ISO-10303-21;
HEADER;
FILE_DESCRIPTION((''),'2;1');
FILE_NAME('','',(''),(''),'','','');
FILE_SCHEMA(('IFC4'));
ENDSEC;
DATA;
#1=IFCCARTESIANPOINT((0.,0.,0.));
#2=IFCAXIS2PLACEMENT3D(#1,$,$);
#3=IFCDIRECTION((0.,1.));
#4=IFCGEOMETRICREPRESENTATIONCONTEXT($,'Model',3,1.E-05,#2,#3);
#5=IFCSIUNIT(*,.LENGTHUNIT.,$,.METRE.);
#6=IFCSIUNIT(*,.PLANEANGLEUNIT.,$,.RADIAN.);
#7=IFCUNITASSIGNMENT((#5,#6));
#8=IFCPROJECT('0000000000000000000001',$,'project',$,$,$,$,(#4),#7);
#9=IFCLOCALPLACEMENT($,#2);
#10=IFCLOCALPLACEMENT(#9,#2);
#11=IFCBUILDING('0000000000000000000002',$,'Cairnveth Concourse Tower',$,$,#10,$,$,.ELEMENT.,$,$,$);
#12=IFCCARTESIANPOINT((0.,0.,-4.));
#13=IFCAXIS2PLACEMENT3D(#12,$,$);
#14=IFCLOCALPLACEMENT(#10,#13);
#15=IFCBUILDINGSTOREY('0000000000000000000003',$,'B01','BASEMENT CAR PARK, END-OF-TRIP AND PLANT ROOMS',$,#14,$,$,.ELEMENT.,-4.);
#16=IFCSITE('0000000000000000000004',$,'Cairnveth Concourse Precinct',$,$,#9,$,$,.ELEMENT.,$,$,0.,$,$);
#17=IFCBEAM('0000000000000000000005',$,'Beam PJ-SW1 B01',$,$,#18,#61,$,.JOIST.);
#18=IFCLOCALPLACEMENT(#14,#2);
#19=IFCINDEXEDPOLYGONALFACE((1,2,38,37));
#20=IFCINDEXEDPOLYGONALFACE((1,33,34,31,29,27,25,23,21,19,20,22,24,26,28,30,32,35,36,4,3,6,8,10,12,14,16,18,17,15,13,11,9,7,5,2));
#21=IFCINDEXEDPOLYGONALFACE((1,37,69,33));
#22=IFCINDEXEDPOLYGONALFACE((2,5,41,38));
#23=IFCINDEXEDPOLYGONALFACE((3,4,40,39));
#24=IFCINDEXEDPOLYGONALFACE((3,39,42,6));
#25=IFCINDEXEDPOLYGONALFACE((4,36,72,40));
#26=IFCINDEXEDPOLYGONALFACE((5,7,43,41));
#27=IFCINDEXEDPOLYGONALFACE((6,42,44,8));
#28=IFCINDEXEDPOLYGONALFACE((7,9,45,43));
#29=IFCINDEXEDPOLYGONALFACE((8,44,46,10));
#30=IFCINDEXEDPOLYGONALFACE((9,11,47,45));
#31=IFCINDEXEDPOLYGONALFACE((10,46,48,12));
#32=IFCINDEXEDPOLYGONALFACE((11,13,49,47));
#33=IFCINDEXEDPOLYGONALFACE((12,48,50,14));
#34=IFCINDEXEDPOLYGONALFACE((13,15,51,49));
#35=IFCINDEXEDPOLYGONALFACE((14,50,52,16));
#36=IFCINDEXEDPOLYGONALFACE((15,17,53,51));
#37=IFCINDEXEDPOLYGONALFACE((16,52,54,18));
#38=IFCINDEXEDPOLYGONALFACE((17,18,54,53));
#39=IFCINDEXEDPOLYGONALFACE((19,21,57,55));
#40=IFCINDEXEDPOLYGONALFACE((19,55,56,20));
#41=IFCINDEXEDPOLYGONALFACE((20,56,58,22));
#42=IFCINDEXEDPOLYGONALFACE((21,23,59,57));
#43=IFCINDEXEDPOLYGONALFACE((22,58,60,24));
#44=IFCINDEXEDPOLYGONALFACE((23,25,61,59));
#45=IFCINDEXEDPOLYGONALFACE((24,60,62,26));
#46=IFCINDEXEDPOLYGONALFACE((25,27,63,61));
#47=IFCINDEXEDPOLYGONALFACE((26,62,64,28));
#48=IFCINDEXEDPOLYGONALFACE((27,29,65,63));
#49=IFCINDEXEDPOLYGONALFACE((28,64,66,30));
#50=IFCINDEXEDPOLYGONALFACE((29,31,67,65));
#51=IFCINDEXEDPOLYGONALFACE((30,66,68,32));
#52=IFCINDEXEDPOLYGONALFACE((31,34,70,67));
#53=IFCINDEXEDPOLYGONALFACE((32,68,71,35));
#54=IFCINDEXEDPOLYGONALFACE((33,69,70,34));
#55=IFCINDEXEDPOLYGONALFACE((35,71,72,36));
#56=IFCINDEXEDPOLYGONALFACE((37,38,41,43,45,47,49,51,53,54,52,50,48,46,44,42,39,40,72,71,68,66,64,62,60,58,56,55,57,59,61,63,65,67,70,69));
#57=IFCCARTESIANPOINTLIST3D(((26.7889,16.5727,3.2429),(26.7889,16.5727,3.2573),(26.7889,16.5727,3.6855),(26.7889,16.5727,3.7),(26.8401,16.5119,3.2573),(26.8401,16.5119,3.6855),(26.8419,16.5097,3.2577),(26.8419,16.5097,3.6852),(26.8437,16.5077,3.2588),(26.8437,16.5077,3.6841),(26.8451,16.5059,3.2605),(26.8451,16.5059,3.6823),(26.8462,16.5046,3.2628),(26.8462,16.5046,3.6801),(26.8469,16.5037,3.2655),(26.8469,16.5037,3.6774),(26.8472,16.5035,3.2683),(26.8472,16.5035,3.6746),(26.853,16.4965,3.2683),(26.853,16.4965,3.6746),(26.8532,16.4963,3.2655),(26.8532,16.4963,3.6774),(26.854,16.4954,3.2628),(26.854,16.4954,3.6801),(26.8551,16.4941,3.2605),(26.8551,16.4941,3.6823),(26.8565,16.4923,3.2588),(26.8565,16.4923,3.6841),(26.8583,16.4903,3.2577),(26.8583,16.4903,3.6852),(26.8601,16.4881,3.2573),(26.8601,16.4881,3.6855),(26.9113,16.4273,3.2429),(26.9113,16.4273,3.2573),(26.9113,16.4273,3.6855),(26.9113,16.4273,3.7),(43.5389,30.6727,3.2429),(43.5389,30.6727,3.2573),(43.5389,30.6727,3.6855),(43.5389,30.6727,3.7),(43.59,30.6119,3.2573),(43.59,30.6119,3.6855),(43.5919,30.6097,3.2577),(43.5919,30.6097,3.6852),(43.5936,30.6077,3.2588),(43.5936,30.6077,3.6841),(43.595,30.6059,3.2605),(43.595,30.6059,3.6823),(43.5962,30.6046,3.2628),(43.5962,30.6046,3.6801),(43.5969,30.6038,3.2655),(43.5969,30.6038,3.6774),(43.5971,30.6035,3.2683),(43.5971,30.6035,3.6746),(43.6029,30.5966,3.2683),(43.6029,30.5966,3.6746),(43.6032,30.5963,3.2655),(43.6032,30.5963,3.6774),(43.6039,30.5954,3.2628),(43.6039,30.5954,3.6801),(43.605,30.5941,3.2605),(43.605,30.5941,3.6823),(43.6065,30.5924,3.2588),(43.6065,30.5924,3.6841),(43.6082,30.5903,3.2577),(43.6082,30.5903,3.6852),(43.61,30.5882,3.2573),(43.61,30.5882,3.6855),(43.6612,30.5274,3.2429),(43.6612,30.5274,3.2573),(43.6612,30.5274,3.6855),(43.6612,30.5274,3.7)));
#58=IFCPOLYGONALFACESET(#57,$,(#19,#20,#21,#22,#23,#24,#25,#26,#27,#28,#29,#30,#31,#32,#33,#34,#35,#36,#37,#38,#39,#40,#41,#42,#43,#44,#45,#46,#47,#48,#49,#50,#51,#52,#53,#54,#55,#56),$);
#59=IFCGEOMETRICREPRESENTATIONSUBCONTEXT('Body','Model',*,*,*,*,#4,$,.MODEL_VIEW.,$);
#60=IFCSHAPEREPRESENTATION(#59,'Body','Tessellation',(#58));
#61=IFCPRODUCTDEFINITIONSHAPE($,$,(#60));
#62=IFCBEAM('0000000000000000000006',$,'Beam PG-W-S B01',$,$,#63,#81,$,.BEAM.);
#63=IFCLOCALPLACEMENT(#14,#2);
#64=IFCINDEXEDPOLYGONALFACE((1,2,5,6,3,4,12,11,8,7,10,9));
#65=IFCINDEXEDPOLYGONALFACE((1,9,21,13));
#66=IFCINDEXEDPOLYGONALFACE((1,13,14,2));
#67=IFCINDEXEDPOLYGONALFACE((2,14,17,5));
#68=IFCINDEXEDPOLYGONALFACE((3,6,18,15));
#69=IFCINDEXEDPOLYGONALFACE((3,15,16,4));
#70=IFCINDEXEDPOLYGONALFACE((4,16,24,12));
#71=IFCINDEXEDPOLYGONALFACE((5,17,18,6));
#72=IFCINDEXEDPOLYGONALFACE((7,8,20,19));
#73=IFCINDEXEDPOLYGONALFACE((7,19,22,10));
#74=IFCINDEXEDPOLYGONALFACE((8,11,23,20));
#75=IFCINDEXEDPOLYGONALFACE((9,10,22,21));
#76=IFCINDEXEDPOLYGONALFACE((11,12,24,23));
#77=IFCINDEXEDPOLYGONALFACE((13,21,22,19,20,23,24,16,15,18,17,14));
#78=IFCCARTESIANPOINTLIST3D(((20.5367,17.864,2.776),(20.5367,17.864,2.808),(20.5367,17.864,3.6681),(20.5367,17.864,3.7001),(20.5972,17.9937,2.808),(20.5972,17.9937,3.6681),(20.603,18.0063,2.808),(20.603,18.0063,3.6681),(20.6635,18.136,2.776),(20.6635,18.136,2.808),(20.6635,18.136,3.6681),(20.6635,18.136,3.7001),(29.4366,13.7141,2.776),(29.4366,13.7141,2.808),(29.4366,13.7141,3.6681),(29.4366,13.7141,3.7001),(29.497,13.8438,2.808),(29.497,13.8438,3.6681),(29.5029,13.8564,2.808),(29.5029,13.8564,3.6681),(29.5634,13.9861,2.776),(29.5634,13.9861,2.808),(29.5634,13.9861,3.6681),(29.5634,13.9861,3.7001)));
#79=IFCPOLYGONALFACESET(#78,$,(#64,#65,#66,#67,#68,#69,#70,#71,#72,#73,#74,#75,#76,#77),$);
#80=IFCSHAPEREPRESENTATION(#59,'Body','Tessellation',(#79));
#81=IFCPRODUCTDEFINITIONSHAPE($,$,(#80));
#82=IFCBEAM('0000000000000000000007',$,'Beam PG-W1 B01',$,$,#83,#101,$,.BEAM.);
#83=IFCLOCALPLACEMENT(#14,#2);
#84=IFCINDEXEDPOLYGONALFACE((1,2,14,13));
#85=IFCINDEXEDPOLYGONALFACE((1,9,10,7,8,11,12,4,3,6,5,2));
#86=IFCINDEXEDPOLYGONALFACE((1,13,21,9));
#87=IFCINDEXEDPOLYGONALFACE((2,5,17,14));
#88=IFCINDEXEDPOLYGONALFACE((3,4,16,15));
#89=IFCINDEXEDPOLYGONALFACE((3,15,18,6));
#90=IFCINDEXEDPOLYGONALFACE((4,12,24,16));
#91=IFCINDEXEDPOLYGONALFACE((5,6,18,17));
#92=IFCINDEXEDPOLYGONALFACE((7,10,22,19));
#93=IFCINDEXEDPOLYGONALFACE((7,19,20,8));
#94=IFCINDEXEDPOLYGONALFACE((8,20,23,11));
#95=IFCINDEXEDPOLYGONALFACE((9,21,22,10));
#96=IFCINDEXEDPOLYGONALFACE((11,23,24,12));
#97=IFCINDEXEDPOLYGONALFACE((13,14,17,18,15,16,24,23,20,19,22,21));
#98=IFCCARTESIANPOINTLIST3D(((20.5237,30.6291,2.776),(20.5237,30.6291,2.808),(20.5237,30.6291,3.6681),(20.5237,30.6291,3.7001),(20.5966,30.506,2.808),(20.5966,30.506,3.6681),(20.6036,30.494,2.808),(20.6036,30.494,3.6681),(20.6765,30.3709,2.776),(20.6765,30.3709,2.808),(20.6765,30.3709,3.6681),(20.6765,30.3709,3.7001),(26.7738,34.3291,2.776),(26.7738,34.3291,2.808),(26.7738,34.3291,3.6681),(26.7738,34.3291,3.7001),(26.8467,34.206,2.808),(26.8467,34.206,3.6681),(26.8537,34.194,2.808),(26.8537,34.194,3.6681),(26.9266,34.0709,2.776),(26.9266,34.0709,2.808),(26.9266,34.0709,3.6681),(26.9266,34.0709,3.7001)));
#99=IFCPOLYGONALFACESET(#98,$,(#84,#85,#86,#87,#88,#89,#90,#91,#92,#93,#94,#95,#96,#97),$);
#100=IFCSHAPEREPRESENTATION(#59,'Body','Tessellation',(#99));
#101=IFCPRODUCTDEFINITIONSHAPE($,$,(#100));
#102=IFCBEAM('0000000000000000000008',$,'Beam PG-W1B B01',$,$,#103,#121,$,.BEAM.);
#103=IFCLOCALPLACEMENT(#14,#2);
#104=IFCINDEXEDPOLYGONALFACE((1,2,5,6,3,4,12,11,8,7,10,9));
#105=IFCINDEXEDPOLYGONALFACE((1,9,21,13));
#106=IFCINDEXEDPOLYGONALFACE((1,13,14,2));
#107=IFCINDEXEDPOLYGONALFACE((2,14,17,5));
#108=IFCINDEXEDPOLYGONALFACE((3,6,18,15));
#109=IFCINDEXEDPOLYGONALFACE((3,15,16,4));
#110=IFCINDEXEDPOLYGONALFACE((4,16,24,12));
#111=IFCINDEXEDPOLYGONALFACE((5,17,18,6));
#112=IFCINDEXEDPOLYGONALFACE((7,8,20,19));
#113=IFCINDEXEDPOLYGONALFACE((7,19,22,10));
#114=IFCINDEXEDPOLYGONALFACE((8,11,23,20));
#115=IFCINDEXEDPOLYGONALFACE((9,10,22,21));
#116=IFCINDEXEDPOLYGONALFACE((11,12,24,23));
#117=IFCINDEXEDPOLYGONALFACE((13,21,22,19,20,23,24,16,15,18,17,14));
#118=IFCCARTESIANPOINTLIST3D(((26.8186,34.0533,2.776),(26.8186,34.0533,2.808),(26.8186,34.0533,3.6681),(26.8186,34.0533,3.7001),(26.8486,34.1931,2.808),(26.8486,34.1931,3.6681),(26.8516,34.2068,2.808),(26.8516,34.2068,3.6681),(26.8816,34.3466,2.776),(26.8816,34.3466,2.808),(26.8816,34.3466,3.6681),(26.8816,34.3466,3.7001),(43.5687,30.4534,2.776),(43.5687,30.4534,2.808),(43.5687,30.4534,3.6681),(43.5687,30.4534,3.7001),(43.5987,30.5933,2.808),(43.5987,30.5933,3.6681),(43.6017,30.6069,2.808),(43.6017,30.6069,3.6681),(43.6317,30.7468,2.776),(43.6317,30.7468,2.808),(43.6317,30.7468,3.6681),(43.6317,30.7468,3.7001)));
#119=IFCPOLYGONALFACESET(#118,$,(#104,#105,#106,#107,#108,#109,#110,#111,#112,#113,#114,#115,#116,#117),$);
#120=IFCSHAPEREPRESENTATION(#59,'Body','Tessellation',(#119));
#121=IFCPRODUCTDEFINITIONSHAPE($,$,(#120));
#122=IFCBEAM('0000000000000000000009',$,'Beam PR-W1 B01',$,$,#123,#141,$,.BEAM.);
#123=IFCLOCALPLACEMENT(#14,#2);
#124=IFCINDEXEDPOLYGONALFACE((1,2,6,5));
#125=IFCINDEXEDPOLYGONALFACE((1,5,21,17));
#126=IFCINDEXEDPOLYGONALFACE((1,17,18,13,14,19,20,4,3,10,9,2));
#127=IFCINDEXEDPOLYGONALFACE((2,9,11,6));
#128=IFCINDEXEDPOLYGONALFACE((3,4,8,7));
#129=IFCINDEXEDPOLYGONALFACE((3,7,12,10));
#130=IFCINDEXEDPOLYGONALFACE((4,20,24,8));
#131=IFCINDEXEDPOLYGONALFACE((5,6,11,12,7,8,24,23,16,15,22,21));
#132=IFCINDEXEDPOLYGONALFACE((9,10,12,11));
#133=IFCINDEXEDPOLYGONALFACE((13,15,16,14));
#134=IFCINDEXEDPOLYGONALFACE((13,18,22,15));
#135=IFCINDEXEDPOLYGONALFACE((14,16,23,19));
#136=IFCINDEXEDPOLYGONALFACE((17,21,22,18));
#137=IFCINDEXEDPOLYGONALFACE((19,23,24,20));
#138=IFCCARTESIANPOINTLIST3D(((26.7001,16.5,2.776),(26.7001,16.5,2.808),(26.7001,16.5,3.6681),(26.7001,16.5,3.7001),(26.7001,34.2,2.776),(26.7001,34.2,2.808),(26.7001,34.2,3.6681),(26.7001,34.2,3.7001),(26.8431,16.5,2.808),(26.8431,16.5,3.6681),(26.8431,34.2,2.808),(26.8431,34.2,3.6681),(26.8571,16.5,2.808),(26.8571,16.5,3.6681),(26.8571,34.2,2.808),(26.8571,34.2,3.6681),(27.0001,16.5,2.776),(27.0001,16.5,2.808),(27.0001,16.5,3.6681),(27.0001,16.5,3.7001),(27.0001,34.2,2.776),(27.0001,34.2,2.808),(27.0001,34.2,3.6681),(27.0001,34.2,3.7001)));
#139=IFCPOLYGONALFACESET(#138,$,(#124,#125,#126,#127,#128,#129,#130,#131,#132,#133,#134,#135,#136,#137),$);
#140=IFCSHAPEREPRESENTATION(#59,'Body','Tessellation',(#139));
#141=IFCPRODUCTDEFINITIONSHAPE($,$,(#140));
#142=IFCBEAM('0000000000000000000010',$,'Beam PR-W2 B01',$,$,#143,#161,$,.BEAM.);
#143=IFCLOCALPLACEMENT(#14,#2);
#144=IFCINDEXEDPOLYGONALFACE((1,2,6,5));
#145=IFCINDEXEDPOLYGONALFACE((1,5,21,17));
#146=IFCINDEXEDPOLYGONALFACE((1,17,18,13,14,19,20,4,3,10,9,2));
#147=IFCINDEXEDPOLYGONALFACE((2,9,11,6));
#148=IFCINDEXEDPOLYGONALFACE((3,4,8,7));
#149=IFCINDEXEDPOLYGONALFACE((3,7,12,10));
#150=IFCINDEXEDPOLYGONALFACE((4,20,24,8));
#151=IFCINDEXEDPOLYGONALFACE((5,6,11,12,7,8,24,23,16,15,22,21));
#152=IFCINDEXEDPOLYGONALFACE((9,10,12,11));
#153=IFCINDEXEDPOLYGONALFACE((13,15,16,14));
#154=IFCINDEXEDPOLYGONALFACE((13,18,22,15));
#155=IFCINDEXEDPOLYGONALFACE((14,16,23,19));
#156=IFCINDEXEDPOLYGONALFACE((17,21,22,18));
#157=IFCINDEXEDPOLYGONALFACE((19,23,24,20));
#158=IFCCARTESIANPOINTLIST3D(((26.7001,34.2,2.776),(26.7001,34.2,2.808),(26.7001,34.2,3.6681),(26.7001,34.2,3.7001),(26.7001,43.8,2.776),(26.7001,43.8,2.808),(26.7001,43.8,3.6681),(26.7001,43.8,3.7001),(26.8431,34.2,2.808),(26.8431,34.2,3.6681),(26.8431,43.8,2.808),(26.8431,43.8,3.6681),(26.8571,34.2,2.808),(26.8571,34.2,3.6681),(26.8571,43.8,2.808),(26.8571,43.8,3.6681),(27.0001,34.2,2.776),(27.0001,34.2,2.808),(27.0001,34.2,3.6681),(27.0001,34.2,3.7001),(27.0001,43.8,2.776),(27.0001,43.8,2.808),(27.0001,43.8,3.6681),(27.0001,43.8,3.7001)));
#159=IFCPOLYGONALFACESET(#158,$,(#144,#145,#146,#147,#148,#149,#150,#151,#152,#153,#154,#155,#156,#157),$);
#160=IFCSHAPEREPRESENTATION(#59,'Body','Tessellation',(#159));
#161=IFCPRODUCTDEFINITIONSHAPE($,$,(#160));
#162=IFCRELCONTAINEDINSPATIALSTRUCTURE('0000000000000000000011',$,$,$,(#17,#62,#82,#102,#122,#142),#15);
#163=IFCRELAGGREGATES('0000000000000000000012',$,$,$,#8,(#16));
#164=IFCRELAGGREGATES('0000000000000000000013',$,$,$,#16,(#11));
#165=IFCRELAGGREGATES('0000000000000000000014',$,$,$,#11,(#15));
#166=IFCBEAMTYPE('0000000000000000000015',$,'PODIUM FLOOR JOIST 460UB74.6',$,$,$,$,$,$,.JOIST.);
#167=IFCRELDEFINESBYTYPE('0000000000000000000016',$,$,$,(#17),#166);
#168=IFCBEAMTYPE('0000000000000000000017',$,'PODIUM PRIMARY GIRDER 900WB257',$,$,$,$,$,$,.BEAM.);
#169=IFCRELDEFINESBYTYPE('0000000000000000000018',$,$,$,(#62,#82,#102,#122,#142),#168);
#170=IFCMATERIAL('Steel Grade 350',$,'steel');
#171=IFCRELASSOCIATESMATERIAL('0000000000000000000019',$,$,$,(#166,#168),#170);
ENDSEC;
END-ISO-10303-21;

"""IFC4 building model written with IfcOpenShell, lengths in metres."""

from ifc_helpers import new_model, si_unit, direction, frame, origin, origin_2d, place, context, subcontext, project, spatial, i_section, extrude, material, material_profile, profile_set, type_object, element, save


model = new_model("IFC4")

# Units and contexts
model_context = context("Model", 3, precision=1e-05, world=origin(), true_north=direction((0.0, 1.0)))
body_context = subcontext(model_context, "Body", "Model", "MODEL_VIEW")
ifc_project = project(units=[si_unit("LENGTHUNIT", "METRE"), si_unit("PLANEANGLEUNIT", "RADIAN")], contexts=[model_context])

# Site, building, storey
site_placement = place(None, origin())
site = spatial("IfcSite", under=ifc_project, at=site_placement, Name="Cairnveth Concourse Precinct", CompositionType="ELEMENT", RefElevation=0.0)
building_placement = place(site_placement, origin())
building = spatial("IfcBuilding", under=site, at=building_placement, Name="Cairnveth Concourse Tower", CompositionType="ELEMENT")
storey_placement = place(building_placement, frame((0.0, 0.0, -4.0)))
storey = spatial("IfcBuildingStorey", under=building, at=storey_placement, Name="B01", Description="BASEMENT CAR PARK, END-OF-TRIP AND PLANT ROOMS", CompositionType="ELEMENT", Elevation=-4.0)

# Beams
ifc_material_1 = material(Name="Steel Grade 350", Category="steel")
ifc_material_profile_1 = material_profile(ifc_material_1, i_section(OverallWidth=0.1899, OverallDepth=0.457, WebThickness=0.009, FlangeThickness=0.0144, FilletRadius=0.011, at=origin_2d()), Name="460UB74.6")
ifc_profile_set_1 = profile_set([ifc_material_profile_1], Name="Steel Grade 350")
beam_type_1 = type_object("IfcBeamType", Name="PODIUM FLOOR JOIST 460UB74.6", PredefinedType="JOIST", material=ifc_profile_set_1)
beam_1_placement = place(storey_placement, frame((26.8501, 16.5, 3.4714), z_axis=(0.765027, 0.643998, 0.0), x_axis=(-0.643998, 0.765027, 0.0)))
element("IfcBeam", 1, at=beam_1_placement, inside=storey, type_object=beam_type_1, Name="Beam PJ-SW1 B01", PredefinedType="JOIST", context=body_context, shape_type="SweptSolid", body=[
    extrude(i_section(OverallWidth=0.1899, OverallDepth=0.457, WebThickness=0.009, FlangeThickness=0.0144, FilletRadius=0.011, at=origin_2d()), origin(), (0.0, 0.0, 1.0), 21.8945),
])
ifc_material_profile_2 = material_profile(ifc_material_1, i_section(OverallWidth=0.3, OverallDepth=0.9241, WebThickness=0.0139, FlangeThickness=0.032, at=origin_2d()), Name="900WB257")
ifc_profile_set_2 = profile_set([ifc_material_profile_2], Name="Steel Grade 350")
beam_type_2 = type_object("IfcBeamType", Name="PODIUM PRIMARY GIRDER 900WB257", PredefinedType="BEAM", material=ifc_profile_set_2)
beam_2_placement = place(storey_placement, frame((20.6001, 18.0, 3.238), z_axis=(0.906315, -0.422602, 0.0), x_axis=(0.422602, 0.906315, 0.0)))
element("IfcBeam", 2, at=beam_2_placement, inside=storey, type_object=beam_type_2, Name="Beam PG-W-S B01", PredefinedType="BEAM", context=body_context, shape_type="SweptSolid", body=[
    extrude(i_section(OverallWidth=0.3, OverallDepth=0.9241, WebThickness=0.0139, FlangeThickness=0.032, at=origin_2d()), origin(), (0.0, 0.0, 1.0), 9.8198),
])
beam_3_placement = place(storey_placement, frame((20.6001, 30.5, 3.238), z_axis=(0.860518, 0.50942, 0.0), x_axis=(-0.50942, 0.860518, 0.0)))
element("IfcBeam", 3, at=beam_3_placement, inside=storey, type_object=beam_type_2, Name="Beam PG-W1 B01", PredefinedType="BEAM", context=body_context, shape_type="SweptSolid", body=[
    extrude(i_section(OverallWidth=0.3, OverallDepth=0.9241, WebThickness=0.0139, FlangeThickness=0.032, at=origin_2d()), origin(), (0.0, 0.0, 1.0), 7.2632),
])
beam_4_placement = place(storey_placement, frame((26.8501, 34.2, 3.238), z_axis=(0.977676, -0.210119, 0.0), x_axis=(0.210119, 0.977676, 0.0)))
element("IfcBeam", 4, at=beam_4_placement, inside=storey, type_object=beam_type_2, Name="Beam PG-W1B B01", PredefinedType="BEAM", context=body_context, shape_type="SweptSolid", body=[
    extrude(i_section(OverallWidth=0.3, OverallDepth=0.9241, WebThickness=0.0139, FlangeThickness=0.032, at=origin_2d()), origin(), (0.0, 0.0, 1.0), 17.1326),
])
beam_5_placement = place(storey_placement, frame((26.8501, 16.5, 3.238), z_axis=(0.0, 1.0, 0.0), x_axis=(-1.0, 0.0, 0.0)))
element("IfcBeam", 5, at=beam_5_placement, inside=storey, type_object=beam_type_2, Name="Beam PR-W1 B01", PredefinedType="BEAM", context=body_context, shape_type="SweptSolid", body=[
    extrude(i_section(OverallWidth=0.3, OverallDepth=0.9241, WebThickness=0.0139, FlangeThickness=0.032, at=origin_2d()), origin(), (0.0, 0.0, 1.0), 17.7),
])
beam_6_placement = place(storey_placement, frame((26.8501, 34.2, 3.238), z_axis=(0.0, 1.0, 0.0), x_axis=(-1.0, 0.0, 0.0)))
element("IfcBeam", 6, at=beam_6_placement, inside=storey, type_object=beam_type_2, Name="Beam PR-W2 B01", PredefinedType="BEAM", context=body_context, shape_type="SweptSolid", body=[
    extrude(i_section(OverallWidth=0.3, OverallDepth=0.9241, WebThickness=0.0139, FlangeThickness=0.032, at=origin_2d()), origin(), (0.0, 0.0, 1.0), 9.6001),
])

save(model, "model.ifc")
